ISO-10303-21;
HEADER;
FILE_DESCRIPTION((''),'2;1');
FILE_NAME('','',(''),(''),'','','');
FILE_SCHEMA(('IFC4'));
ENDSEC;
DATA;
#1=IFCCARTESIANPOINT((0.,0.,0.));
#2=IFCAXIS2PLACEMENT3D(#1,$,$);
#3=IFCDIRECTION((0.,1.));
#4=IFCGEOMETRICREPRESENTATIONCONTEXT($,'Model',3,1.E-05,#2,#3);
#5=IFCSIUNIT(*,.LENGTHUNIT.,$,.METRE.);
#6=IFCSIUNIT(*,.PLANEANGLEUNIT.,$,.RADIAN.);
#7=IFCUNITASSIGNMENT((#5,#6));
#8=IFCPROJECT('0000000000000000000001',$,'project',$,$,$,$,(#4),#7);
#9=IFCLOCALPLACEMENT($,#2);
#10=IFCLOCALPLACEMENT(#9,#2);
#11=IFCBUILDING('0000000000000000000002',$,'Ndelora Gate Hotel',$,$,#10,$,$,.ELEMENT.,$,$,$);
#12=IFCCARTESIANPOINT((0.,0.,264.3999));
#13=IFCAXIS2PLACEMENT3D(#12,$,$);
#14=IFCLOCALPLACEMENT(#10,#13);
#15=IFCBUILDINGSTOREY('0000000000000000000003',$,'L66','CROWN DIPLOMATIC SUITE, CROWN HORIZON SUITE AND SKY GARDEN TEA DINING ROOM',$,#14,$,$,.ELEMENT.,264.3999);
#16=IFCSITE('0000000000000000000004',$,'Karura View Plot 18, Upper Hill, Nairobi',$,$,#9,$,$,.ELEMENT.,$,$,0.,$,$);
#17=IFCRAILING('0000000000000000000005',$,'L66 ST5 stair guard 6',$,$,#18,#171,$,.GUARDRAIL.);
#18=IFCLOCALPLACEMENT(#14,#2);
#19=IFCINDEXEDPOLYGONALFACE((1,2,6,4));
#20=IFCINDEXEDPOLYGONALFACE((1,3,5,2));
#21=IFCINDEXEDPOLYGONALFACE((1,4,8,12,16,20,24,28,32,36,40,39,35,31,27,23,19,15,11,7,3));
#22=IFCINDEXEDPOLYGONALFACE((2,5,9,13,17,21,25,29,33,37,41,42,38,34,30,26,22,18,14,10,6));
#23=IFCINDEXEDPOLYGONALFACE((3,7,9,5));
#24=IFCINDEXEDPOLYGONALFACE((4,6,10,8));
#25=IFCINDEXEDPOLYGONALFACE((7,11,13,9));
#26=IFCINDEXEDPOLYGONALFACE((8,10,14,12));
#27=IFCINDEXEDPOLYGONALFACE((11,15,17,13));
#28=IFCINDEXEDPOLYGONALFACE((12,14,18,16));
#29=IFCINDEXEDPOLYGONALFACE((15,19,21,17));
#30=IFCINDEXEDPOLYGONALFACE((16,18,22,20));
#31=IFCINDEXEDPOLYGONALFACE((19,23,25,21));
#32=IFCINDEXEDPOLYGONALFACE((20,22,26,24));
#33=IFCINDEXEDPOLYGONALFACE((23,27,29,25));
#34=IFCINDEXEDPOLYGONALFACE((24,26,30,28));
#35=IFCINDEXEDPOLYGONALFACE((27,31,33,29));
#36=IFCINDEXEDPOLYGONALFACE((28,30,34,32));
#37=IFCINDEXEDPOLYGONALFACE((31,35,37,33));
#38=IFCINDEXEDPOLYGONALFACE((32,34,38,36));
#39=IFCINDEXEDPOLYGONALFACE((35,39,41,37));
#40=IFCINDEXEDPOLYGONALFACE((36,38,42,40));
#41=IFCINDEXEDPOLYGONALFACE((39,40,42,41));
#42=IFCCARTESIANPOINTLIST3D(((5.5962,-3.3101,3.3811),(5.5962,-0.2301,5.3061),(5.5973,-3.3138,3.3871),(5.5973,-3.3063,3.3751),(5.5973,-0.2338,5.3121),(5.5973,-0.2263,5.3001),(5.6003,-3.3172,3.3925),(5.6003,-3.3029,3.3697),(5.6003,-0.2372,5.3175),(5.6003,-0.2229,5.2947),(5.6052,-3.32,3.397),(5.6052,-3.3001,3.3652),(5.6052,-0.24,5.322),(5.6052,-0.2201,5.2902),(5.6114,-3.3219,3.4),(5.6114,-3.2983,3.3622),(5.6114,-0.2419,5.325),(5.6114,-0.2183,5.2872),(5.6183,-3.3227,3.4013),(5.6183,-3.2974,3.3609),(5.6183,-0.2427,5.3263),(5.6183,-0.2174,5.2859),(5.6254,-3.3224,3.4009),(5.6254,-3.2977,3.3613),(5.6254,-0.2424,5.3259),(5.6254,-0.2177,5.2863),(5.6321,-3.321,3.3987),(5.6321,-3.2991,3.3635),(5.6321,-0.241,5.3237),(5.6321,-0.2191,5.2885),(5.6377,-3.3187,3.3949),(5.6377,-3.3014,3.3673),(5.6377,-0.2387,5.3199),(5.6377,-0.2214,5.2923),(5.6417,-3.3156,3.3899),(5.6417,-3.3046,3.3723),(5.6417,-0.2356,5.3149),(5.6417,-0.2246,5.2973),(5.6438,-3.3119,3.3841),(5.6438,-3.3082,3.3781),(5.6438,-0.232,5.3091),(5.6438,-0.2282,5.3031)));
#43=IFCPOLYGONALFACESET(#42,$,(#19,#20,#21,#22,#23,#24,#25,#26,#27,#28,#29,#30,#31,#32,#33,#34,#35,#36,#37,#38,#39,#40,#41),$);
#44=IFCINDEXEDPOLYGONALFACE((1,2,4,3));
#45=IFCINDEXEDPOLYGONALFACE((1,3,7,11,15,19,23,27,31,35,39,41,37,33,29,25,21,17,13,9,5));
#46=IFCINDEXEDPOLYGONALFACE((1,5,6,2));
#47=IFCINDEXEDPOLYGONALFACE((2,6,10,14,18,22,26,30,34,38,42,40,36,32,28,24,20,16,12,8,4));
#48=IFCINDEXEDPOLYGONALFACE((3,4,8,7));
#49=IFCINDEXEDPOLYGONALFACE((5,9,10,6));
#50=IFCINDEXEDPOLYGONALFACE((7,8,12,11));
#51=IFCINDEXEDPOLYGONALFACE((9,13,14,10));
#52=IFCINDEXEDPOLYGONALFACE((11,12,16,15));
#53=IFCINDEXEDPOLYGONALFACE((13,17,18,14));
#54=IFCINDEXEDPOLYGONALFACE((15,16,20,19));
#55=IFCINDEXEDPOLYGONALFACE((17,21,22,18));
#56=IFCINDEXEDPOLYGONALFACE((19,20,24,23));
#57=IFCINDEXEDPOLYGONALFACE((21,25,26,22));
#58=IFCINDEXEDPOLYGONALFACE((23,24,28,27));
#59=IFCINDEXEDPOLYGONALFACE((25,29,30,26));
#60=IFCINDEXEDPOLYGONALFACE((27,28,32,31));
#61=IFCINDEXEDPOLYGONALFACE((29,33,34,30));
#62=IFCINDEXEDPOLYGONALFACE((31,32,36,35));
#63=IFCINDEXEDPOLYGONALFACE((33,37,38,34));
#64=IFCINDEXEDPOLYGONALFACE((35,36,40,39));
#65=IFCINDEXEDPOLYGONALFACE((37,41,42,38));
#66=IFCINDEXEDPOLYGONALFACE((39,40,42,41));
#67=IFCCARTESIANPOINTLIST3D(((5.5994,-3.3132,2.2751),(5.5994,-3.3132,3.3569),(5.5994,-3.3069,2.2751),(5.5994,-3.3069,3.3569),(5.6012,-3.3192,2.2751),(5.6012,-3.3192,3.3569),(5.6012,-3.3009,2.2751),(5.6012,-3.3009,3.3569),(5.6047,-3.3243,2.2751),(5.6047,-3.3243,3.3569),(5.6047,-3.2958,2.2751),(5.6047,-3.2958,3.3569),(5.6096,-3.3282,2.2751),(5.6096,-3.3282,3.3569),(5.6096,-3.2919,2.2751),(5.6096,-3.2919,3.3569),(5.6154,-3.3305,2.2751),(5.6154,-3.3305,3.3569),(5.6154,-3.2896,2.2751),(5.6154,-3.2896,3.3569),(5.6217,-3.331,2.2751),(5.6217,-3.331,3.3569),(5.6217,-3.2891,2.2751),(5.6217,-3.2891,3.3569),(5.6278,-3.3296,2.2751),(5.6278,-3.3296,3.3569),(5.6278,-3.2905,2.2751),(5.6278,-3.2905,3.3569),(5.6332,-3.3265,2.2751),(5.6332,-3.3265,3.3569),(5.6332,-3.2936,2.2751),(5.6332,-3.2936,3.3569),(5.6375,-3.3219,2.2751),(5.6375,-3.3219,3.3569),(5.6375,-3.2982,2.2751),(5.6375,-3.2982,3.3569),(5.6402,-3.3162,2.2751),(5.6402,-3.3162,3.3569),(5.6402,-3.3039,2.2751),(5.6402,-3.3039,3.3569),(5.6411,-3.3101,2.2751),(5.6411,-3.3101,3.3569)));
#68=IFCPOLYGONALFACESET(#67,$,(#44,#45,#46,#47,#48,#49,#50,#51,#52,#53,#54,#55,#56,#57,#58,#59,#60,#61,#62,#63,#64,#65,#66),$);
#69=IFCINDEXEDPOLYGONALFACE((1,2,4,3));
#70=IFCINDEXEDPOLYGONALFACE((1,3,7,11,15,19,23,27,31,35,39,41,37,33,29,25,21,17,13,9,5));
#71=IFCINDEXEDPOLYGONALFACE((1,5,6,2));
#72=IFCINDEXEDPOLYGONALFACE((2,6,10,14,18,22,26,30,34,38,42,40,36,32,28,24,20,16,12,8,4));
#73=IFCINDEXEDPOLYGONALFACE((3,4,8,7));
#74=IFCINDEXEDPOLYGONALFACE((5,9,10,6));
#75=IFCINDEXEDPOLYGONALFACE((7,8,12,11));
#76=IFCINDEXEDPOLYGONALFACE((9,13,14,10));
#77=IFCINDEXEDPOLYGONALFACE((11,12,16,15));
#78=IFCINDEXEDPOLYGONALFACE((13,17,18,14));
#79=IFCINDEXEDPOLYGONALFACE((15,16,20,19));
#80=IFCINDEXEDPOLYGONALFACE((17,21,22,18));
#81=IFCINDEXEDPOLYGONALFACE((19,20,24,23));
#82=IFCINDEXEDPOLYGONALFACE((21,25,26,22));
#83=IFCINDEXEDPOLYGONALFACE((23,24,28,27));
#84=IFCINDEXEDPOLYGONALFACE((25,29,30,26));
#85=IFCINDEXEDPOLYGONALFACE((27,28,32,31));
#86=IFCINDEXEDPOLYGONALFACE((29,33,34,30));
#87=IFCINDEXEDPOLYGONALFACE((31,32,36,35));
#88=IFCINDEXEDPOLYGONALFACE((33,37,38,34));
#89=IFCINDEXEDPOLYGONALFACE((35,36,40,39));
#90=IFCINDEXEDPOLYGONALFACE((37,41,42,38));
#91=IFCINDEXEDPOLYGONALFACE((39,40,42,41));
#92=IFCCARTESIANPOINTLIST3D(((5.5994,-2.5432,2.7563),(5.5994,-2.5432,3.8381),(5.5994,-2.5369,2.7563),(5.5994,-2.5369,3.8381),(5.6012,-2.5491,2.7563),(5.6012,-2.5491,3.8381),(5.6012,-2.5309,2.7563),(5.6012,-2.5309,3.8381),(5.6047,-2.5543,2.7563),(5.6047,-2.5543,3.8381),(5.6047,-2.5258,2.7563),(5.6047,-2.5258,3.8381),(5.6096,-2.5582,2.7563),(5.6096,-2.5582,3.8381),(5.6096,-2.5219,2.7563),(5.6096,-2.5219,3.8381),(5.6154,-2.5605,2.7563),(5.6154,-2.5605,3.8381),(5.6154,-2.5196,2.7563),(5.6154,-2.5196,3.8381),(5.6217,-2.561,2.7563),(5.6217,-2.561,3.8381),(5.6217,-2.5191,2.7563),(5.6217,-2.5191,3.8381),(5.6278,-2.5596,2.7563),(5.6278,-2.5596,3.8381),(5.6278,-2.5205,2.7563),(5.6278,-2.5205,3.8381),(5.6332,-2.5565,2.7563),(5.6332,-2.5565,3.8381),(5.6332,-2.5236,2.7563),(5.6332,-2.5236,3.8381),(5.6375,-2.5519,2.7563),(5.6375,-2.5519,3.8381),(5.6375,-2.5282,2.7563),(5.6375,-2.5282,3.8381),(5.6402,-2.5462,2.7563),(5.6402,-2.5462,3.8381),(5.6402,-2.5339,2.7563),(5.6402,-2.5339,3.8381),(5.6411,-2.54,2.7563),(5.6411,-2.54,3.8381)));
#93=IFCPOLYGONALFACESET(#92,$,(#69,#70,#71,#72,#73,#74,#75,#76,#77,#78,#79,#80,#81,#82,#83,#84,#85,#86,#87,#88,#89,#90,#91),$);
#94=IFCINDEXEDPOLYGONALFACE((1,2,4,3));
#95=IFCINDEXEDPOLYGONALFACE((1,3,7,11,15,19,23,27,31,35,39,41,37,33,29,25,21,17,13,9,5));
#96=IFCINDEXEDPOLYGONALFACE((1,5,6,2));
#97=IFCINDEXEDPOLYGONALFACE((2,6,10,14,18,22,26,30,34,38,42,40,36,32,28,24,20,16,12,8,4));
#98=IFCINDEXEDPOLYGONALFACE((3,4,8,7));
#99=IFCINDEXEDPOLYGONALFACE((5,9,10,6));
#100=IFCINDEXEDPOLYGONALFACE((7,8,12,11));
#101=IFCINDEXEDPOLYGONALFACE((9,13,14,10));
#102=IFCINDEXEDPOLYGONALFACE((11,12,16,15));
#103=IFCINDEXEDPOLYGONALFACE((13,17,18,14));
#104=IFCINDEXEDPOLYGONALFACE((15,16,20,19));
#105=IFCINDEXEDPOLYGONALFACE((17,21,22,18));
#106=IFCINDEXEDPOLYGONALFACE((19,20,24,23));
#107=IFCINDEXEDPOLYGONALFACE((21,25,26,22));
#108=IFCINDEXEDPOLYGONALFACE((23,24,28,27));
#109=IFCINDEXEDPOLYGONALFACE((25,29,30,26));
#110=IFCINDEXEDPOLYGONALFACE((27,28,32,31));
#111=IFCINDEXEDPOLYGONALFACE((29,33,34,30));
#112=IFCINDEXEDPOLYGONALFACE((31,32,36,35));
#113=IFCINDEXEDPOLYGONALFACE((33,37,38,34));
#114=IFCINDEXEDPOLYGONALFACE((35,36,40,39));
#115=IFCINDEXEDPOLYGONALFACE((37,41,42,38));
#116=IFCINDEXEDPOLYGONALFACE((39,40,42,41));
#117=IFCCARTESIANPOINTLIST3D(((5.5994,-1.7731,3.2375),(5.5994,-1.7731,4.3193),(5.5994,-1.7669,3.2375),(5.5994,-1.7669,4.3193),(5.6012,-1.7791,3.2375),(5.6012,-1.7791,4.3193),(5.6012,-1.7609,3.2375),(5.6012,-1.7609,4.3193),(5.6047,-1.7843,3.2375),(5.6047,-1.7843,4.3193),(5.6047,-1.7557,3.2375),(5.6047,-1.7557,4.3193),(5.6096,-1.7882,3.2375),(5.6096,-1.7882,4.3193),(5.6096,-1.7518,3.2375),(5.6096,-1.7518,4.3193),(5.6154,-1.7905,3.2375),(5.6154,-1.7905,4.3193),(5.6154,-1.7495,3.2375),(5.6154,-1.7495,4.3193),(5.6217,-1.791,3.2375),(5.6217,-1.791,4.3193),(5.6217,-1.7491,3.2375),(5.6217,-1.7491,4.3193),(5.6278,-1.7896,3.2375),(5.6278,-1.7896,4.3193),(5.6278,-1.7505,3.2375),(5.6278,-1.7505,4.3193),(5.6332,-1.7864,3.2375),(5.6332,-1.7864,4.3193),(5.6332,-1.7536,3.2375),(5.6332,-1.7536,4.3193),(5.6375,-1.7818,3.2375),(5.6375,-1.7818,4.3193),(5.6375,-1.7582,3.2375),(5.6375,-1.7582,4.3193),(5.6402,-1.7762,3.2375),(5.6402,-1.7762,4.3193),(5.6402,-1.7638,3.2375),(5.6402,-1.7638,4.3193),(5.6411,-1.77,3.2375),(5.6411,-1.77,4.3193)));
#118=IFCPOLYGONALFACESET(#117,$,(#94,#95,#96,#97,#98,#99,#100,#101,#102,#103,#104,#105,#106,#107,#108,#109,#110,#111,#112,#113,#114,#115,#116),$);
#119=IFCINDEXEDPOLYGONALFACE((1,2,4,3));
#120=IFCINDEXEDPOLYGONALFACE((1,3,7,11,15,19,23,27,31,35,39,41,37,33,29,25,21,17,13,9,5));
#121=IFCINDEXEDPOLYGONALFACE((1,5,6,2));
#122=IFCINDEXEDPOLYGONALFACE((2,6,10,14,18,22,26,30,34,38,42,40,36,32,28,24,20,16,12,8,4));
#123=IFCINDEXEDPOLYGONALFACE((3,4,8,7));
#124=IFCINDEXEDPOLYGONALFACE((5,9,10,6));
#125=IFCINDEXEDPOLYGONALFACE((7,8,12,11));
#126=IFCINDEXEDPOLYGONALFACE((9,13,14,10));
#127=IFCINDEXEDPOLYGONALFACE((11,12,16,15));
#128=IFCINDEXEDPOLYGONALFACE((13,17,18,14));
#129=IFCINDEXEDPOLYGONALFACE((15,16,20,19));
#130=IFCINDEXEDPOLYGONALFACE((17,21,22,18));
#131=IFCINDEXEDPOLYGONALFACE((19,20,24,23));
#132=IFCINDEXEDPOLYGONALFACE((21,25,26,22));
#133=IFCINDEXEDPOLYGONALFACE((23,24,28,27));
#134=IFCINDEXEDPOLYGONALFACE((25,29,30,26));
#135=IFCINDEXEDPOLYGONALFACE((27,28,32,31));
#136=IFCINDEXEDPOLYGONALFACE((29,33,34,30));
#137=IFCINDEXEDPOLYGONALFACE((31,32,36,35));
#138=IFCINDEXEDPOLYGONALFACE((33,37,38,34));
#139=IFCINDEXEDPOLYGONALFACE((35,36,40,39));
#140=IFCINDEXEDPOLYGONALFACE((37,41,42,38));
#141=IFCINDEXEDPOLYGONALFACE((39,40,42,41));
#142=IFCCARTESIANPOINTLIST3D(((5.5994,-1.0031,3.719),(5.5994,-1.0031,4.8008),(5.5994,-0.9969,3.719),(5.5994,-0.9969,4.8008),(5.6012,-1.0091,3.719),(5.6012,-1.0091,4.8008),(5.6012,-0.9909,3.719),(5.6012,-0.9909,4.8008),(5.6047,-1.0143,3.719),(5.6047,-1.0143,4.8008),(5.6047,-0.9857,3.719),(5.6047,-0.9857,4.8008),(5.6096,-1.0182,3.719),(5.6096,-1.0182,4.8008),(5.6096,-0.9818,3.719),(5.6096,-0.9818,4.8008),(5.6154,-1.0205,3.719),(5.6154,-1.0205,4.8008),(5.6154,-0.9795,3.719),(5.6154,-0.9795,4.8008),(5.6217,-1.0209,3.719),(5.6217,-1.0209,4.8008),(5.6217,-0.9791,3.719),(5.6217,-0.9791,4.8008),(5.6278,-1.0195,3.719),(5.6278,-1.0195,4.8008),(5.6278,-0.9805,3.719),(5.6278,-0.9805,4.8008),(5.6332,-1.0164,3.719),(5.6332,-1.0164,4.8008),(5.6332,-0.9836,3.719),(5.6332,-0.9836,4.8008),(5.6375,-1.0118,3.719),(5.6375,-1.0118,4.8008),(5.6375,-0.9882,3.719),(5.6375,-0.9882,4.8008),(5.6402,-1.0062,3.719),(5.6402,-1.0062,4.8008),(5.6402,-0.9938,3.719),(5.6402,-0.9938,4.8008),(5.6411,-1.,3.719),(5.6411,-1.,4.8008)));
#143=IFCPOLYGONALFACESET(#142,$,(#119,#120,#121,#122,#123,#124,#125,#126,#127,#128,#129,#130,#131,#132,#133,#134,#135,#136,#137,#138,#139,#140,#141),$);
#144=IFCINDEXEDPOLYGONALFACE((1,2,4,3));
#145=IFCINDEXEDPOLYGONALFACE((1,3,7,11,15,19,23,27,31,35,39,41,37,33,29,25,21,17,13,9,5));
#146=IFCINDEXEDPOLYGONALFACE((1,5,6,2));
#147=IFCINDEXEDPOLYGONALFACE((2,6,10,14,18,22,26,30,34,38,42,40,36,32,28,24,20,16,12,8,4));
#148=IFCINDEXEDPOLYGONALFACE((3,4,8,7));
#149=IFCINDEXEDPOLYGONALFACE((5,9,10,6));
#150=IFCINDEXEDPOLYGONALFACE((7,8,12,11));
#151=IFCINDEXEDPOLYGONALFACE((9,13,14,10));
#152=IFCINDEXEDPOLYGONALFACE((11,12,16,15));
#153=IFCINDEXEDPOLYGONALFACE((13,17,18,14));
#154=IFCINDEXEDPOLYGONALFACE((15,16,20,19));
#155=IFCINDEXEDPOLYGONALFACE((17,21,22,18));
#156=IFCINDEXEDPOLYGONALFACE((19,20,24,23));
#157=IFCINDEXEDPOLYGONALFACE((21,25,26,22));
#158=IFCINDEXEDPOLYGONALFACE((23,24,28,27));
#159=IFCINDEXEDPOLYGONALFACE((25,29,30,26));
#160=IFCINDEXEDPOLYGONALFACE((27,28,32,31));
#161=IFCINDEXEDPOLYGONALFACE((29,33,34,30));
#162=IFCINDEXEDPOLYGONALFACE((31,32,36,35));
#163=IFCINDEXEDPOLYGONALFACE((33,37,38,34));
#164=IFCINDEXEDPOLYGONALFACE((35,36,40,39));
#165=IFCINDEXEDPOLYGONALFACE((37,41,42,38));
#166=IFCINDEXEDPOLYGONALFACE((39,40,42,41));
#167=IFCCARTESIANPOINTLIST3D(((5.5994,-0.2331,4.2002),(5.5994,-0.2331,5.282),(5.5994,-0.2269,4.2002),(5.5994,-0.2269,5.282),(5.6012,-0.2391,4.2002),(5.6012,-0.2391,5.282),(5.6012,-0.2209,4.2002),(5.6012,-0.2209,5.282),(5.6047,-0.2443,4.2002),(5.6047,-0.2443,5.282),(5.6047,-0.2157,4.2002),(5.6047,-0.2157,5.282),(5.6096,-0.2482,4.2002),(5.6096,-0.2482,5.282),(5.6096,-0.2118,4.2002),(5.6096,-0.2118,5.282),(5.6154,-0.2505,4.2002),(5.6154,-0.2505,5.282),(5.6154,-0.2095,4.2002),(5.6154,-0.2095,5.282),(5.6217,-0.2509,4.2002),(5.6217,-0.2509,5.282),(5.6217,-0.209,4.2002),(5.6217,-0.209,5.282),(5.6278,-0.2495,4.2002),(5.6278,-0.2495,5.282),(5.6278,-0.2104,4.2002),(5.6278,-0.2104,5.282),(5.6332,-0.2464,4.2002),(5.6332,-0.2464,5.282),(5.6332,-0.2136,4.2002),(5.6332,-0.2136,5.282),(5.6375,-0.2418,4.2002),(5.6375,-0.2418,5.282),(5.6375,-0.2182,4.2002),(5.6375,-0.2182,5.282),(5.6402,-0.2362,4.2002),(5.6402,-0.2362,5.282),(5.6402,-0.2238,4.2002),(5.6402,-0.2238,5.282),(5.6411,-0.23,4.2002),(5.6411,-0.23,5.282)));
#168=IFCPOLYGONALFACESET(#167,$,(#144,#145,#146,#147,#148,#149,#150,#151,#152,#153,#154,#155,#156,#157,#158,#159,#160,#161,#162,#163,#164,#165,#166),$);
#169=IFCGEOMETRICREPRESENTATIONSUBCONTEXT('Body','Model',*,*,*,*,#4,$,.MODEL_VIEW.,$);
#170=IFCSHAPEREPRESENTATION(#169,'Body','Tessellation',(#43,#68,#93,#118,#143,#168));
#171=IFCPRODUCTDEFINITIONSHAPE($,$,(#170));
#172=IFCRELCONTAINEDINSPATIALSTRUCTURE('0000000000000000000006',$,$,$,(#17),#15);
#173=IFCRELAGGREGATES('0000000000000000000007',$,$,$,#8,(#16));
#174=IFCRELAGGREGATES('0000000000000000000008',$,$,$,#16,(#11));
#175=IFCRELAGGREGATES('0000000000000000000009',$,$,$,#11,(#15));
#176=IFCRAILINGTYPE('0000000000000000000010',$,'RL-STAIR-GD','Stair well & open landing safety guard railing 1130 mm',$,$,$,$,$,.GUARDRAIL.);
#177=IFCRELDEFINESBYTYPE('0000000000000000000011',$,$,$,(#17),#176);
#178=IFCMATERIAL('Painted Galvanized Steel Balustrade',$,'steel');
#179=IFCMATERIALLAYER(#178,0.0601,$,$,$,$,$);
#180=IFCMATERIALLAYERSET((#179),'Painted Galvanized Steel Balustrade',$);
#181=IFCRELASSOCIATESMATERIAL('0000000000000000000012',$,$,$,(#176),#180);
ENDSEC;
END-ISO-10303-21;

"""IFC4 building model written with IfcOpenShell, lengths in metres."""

from ifc_helpers import new_model, si_unit, direction, frame, origin, origin_2d, place, context, subcontext, project, spatial, circle, extrude, material, layer, layer_set, type_object, element, save


model = new_model("IFC4")

# Units and contexts
model_context = context("Model", 3, precision=1e-05, world=origin(), true_north=direction((0.0, 1.0)))
body_context = subcontext(model_context, "Body", "Model", "MODEL_VIEW")
ifc_project = project(units=[si_unit("LENGTHUNIT", "METRE"), si_unit("PLANEANGLEUNIT", "RADIAN")], contexts=[model_context])

# Site, building, storey
site_placement = place(None, origin())
site = spatial("IfcSite", under=ifc_project, at=site_placement, Name="Karura View Plot 18, Upper Hill, Nairobi", CompositionType="ELEMENT", RefElevation=0.0)
building_placement = place(site_placement, origin())
building = spatial("IfcBuilding", under=site, at=building_placement, Name="Ndelora Gate Hotel", CompositionType="ELEMENT")
storey_placement = place(building_placement, frame((0.0, 0.0, 264.3999)))
storey = spatial("IfcBuildingStorey", under=building, at=storey_placement, Name="L66", Description="CROWN DIPLOMATIC SUITE, CROWN HORIZON SUITE AND SKY GARDEN TEA DINING ROOM", CompositionType="ELEMENT", Elevation=264.3999)

# Railing
ifc_material_1 = material(Name="Painted Galvanized Steel Balustrade", Category="steel")
ifc_layer_1 = layer(ifc_material_1, 0.0601)
ifc_layer_set_1 = layer_set([ifc_layer_1], Name="Painted Galvanized Steel Balustrade")
railing_type_1 = type_object("IfcRailingType", Name="RL-STAIR-GD", Description="Stair well & open landing safety guard railing 1130 mm", PredefinedType="GUARDRAIL", material=ifc_layer_set_1)
railing_1_placement = place(storey_placement, frame((5.6201, -3.3101, 2.2751)))
element("IfcRailing", 1, at=railing_1_placement, inside=storey, type_object=railing_type_1, Name="L66 ST5 stair guard 6", PredefinedType="GUARDRAIL", context=body_context, shape_type="SweptSolid", body=[
    extrude(circle(Radius=0.0239, at=origin_2d()), frame((0.0, 0.0, 1.106), z_axis=(0.0, 0.847998, 0.529999), x_axis=(-1.0, 0.0, 0.0)), (0.0, 0.0, 1.0), 3.6321),
    extrude(circle(Radius=0.021, at=origin_2d()), origin(), (0.0, 0.0, 1.0), 1.0818),
    extrude(circle(Radius=0.021, at=origin_2d()), frame((0.0, 0.77, 0.4812)), (0.0, 0.0, 1.0), 1.0818),
    extrude(circle(Radius=0.021, at=origin_2d()), frame((0.0, 1.54, 0.9624)), (0.0, 0.0, 1.0), 1.0818),
    extrude(circle(Radius=0.021, at=origin_2d()), frame((0.0, 2.3101, 1.4438)), (0.0, 0.0, 1.0), 1.0818),
    extrude(circle(Radius=0.021, at=origin_2d()), frame((0.0, 3.0801, 1.925)), (0.0, 0.0, 1.0), 1.0818),
])

save(model, "model.ifc")
